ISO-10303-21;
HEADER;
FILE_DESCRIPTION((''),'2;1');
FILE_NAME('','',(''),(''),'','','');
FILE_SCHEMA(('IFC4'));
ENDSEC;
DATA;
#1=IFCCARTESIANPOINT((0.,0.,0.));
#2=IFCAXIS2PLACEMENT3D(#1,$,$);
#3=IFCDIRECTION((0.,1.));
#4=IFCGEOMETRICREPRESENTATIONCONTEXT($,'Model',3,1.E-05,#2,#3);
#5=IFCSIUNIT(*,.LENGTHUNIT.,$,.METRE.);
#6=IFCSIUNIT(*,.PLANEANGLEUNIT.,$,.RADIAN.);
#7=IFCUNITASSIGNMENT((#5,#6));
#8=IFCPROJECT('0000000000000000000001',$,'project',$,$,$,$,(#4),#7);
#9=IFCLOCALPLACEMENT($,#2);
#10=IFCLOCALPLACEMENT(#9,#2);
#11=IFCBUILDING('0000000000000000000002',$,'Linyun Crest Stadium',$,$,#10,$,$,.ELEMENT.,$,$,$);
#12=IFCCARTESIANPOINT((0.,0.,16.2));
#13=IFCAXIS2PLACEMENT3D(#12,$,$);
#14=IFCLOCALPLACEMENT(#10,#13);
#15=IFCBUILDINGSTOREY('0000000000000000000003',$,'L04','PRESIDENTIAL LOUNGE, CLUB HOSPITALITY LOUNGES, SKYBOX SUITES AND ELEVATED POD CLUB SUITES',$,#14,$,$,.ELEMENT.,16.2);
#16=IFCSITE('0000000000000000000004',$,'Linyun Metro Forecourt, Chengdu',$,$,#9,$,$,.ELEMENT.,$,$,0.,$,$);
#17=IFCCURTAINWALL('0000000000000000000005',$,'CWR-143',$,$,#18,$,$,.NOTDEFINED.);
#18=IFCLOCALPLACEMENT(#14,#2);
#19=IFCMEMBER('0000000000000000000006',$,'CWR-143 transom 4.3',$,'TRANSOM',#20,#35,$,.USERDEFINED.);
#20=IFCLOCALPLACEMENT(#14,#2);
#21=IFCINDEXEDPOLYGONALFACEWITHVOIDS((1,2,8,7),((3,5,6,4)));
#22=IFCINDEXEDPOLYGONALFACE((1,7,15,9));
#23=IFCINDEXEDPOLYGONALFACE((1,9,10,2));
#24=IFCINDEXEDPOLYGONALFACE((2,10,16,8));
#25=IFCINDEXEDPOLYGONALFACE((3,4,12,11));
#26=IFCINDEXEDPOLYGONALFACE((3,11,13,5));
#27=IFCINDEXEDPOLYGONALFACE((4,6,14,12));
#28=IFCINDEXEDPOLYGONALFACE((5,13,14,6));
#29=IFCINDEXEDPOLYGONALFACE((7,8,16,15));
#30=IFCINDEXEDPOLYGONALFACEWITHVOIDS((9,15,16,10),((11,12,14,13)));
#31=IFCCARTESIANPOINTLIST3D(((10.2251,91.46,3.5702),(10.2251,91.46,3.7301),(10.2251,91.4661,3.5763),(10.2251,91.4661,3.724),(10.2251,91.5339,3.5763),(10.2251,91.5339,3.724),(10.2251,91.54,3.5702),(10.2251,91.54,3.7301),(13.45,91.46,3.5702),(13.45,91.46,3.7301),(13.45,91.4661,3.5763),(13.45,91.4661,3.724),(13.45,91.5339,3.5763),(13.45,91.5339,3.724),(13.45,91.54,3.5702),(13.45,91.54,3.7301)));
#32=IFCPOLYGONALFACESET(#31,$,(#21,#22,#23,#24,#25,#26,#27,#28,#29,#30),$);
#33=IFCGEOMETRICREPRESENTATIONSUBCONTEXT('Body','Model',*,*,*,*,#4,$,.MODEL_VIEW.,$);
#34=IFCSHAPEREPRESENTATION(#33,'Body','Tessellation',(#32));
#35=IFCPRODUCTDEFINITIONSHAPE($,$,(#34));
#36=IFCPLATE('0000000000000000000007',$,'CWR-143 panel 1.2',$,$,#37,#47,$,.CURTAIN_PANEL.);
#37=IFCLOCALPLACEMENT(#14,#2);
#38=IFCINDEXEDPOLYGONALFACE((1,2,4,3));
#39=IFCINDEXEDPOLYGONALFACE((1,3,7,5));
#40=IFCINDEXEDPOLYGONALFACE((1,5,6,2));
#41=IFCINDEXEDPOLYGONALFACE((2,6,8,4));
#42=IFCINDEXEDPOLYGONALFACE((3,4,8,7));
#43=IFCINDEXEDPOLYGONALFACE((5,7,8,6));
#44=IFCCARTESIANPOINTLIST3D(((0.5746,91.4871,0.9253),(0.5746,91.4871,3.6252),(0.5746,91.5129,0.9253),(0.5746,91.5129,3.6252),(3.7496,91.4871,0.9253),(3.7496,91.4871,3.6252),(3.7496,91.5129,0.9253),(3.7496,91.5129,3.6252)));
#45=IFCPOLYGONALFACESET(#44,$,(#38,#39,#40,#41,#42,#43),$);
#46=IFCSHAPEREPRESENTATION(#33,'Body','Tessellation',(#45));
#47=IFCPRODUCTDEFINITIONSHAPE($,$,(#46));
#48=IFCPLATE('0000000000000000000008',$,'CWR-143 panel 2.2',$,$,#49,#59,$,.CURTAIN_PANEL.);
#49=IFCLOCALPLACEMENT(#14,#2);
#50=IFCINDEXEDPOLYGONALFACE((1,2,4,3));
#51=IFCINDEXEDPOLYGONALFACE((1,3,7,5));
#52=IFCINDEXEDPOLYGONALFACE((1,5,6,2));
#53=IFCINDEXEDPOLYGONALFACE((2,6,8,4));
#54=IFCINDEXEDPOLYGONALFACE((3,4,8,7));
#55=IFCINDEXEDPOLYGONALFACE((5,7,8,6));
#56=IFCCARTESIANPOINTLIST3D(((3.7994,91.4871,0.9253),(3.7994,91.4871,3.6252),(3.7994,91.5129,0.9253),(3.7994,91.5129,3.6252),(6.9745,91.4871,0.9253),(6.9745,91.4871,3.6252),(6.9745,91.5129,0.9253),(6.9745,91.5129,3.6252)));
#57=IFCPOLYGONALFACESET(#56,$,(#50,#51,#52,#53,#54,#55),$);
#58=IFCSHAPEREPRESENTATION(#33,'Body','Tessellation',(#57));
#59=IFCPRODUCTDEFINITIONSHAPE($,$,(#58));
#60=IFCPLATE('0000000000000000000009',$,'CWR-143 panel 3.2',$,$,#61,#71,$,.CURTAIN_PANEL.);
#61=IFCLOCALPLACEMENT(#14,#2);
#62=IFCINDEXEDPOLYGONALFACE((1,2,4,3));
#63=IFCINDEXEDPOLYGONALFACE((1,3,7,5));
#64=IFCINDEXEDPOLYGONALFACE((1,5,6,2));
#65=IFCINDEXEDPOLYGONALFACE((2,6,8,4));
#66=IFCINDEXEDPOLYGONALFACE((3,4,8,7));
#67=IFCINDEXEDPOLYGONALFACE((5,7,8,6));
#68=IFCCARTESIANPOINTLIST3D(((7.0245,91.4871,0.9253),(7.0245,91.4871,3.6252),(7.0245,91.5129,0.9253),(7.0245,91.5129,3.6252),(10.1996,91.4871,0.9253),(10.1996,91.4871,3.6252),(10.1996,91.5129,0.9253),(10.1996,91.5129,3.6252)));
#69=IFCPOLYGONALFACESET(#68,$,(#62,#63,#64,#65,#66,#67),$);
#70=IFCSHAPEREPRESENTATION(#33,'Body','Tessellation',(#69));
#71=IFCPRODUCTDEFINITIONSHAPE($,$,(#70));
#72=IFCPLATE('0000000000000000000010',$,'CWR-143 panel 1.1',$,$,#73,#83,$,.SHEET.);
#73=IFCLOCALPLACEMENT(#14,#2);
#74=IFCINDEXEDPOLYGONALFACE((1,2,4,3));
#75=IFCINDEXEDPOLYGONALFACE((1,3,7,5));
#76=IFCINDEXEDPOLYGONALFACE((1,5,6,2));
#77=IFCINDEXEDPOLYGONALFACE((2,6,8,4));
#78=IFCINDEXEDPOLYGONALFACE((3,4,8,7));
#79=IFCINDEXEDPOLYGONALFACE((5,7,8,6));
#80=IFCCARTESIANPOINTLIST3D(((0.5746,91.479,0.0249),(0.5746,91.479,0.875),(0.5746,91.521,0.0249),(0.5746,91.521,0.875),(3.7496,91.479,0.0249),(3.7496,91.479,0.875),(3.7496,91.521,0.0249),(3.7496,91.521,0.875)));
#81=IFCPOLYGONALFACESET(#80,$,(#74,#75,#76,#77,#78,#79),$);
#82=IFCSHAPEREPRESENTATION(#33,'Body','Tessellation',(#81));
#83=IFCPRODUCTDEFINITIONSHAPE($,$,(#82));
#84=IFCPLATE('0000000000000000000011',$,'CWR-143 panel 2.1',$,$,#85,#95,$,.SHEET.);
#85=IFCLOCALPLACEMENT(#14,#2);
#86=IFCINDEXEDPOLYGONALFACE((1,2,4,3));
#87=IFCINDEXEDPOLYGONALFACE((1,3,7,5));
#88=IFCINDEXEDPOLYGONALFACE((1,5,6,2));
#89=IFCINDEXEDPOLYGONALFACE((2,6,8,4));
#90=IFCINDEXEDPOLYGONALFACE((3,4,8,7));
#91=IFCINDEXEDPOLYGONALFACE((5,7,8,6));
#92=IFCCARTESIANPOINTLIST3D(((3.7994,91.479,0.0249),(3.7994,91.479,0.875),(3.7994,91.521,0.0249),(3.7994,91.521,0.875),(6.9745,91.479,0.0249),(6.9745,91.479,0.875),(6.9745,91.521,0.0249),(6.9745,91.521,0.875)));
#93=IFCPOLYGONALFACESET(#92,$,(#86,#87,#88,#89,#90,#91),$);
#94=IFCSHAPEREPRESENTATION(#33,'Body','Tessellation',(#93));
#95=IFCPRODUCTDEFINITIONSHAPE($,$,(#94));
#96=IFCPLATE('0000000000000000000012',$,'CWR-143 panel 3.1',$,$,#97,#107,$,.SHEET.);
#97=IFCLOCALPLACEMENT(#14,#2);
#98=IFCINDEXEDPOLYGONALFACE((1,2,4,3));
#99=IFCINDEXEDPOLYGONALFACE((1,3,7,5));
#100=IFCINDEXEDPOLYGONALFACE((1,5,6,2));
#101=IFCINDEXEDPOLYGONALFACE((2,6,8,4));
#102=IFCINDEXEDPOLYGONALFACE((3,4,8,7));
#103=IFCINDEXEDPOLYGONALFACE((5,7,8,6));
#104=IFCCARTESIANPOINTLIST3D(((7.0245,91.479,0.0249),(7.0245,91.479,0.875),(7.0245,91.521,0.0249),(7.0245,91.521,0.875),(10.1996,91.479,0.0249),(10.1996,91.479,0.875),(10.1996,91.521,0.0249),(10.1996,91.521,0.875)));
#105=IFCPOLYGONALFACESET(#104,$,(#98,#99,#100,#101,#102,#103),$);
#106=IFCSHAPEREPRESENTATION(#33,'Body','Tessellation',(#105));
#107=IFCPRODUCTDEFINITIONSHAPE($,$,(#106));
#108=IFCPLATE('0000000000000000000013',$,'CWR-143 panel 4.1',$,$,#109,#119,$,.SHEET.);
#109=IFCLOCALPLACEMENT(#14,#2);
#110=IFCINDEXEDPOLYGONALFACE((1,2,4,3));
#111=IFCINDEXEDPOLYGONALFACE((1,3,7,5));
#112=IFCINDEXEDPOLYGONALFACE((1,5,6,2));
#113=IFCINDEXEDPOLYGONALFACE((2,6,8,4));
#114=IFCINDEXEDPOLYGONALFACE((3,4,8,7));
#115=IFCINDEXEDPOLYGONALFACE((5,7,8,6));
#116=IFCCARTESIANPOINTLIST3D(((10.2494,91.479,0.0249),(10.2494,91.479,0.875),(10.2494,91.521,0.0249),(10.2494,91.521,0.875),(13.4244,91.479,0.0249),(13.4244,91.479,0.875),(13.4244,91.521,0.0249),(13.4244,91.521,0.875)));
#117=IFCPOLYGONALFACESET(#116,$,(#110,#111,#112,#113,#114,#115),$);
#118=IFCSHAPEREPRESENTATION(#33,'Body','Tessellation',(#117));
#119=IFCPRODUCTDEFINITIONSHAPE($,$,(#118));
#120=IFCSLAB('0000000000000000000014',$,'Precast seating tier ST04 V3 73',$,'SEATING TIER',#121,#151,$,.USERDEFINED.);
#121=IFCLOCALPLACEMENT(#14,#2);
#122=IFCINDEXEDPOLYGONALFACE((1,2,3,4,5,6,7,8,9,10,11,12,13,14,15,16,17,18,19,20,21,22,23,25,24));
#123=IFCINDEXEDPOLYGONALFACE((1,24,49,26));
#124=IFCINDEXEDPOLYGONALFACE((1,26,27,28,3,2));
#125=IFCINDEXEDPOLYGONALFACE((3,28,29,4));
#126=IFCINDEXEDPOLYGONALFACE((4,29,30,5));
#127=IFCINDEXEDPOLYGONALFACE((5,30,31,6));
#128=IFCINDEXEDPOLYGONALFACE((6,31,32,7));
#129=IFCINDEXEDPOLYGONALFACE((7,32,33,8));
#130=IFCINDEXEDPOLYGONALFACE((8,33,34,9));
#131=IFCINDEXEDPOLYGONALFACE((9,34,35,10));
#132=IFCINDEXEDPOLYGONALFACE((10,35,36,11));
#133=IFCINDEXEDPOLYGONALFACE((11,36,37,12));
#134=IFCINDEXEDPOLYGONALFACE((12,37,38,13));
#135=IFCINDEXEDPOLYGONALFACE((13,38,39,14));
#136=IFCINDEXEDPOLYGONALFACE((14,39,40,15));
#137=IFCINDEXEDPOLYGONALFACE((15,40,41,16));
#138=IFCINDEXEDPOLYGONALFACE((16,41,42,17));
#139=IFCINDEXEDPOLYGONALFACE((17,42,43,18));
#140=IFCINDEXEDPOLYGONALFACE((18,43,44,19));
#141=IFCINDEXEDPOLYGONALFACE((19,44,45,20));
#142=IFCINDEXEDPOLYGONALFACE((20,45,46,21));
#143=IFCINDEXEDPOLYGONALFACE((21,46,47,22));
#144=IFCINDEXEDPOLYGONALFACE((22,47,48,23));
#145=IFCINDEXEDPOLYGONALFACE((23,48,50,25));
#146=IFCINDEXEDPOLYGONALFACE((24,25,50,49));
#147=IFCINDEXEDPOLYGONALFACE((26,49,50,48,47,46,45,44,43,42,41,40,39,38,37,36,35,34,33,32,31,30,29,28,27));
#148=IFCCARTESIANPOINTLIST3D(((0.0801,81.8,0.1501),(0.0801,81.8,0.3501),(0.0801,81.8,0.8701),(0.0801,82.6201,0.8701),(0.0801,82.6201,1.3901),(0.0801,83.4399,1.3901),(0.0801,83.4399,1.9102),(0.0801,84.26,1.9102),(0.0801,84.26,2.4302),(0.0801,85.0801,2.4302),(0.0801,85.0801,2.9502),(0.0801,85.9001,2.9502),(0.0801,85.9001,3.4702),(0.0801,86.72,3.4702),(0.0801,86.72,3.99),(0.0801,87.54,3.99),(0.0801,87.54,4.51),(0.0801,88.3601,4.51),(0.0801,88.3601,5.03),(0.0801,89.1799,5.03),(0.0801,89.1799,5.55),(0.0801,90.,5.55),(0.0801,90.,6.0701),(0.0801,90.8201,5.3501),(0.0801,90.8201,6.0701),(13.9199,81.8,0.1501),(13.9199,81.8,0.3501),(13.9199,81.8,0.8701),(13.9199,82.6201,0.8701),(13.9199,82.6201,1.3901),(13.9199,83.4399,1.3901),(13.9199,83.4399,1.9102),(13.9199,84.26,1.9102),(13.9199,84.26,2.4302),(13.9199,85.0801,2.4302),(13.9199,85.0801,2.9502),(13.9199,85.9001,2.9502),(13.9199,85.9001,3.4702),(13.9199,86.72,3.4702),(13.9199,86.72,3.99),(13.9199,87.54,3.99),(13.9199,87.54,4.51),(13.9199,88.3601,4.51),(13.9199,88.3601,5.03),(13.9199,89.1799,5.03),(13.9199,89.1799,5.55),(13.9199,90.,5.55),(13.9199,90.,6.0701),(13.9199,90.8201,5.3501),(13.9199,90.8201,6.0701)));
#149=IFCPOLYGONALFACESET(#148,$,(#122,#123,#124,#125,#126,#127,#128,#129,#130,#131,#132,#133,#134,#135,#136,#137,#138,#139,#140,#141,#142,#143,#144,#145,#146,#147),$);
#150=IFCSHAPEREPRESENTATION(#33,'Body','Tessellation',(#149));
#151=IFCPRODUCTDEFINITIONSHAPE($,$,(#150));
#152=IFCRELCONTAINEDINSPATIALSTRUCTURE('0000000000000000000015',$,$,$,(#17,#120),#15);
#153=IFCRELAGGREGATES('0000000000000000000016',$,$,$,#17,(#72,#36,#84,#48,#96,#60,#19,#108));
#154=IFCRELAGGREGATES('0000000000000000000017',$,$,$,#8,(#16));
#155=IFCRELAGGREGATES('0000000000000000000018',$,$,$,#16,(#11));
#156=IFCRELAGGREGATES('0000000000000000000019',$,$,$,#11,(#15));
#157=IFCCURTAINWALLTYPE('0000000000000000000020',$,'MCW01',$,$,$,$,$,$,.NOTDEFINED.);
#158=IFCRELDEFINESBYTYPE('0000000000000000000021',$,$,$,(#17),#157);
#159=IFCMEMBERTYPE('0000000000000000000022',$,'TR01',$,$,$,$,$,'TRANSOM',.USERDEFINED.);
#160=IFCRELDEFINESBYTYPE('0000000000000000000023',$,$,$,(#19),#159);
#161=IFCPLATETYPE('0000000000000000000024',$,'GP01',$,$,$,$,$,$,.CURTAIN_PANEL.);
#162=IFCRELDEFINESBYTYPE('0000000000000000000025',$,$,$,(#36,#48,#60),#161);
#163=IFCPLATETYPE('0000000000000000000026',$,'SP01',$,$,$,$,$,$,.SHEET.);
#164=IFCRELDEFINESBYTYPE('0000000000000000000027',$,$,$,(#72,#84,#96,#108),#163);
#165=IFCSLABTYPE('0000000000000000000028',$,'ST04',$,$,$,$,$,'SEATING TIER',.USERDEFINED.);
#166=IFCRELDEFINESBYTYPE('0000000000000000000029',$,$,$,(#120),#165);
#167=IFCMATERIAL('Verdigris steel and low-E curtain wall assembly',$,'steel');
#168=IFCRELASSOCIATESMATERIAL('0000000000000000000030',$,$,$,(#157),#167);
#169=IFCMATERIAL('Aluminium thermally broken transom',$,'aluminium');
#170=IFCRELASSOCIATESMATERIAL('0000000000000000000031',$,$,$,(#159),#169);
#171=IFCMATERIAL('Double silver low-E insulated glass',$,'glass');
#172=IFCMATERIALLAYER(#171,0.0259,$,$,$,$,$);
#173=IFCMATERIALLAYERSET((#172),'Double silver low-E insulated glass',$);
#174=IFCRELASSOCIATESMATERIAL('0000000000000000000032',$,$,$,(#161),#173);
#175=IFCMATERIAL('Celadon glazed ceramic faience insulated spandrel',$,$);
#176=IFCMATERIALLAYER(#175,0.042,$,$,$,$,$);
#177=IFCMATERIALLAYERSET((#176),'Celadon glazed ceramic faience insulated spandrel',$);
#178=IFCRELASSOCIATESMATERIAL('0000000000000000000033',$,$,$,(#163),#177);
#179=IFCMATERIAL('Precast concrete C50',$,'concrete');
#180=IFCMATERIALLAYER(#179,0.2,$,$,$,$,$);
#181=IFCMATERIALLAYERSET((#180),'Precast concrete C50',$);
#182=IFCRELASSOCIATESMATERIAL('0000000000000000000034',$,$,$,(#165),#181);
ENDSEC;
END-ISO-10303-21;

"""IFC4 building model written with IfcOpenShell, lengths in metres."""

from ifc_helpers import new_model, si_unit, direction, frame, origin, origin_2d, place, context, subcontext, project, spatial, polyline, rectangle, hollow_rectangle, outline, extrude, material, layer, layer_set, material_profile, profile_set, type_object, element, aggregate, save


model = new_model("IFC4")

# Units and contexts
model_context = context("Model", 3, precision=1e-05, world=origin(), true_north=direction((0.0, 1.0)))
body_context = subcontext(model_context, "Body", "Model", "MODEL_VIEW")
ifc_project = project(units=[si_unit("LENGTHUNIT", "METRE"), si_unit("PLANEANGLEUNIT", "RADIAN")], contexts=[model_context])

# Site, building, storey
site_placement = place(None, origin())
site = spatial("IfcSite", under=ifc_project, at=site_placement, Name="Linyun Metro Forecourt, Chengdu", CompositionType="ELEMENT", RefElevation=0.0)
building_placement = place(site_placement, origin())
building = spatial("IfcBuilding", under=site, at=building_placement, Name="Linyun Crest Stadium", CompositionType="ELEMENT")
storey_placement = place(building_placement, frame((0.0, 0.0, 16.2)))
storey = spatial("IfcBuildingStorey", under=building, at=storey_placement, Name="L04", Description="PRESIDENTIAL LOUNGE, CLUB HOSPITALITY LOUNGES, SKYBOX SUITES AND ELEVATED POD CLUB SUITES", CompositionType="ELEMENT", Elevation=16.2)

# Curtain wall
ifc_material_1 = material(Name="Verdigris steel and low-E curtain wall assembly", Category="steel")
curtain_wall_type = type_object("IfcCurtainWallType", Name="MCW01", PredefinedType="NOTDEFINED", material=ifc_material_1)
curtain_wall_placement = place(storey_placement, origin())
curtain_wall = element("IfcCurtainWall", 1, at=curtain_wall_placement, inside=storey, type_object=curtain_wall_type, Name="CWR-143", PredefinedType="NOTDEFINED")

# Member
ifc_material_2 = material(Name="Aluminium thermally broken transom", Category="aluminium")
ifc_material_profile_1 = material_profile(ifc_material_2, hollow_rectangle(XDim=0.0801, YDim=0.1599, WallThickness=0.0061, at=origin_2d()), Name="RHS 160x80x6")
ifc_profile_set_1 = profile_set([ifc_material_profile_1], Name="Aluminium thermally broken transom")
member_type_1 = type_object("IfcMemberType", Name="TR01", ElementType="TRANSOM", PredefinedType="USERDEFINED", material=ifc_profile_set_1)
member_1_placement = place(storey_placement, frame((10.2251, 91.5, 3.6501), z_axis=(1.0, 0.0, 0.0), x_axis=(0.0, 1.0, 0.0)))
member_1 = element("IfcMember", 2, at=member_1_placement, type_object=member_type_1, Name="CWR-143 transom 4.3", ObjectType="TRANSOM", PredefinedType="USERDEFINED", context=body_context, shape_type="SweptSolid", body=[
    extrude(hollow_rectangle(XDim=0.0801, YDim=0.1599, WallThickness=0.0061, at=origin_2d()), origin(), (0.0, 0.0, 1.0), 3.2249),
])

# Plates
ifc_material_3 = material(Name="Double silver low-E insulated glass", Category="glass")
ifc_layer_1 = layer(ifc_material_3, 0.0259)
ifc_layer_set_1 = layer_set([ifc_layer_1], Name="Double silver low-E insulated glass")
plate_type_1 = type_object("IfcPlateType", Name="GP01", PredefinedType="CURTAIN_PANEL", material=ifc_layer_set_1)
plate_1_placement = place(storey_placement, frame((2.1621, 91.5, 0.9253), z_axis=(0.0, 0.0, 1.0), x_axis=(1.0, 0.0, 0.0)))
plate_1 = element("IfcPlate", 3, at=plate_1_placement, type_object=plate_type_1, Name="CWR-143 panel 1.2", PredefinedType="CURTAIN_PANEL", context=body_context, shape_type="SweptSolid", body=[
    extrude(rectangle(XDim=3.175, YDim=0.0259, at=origin_2d()), origin(), (0.0, 0.0, 1.0), 2.7),
])
plate_2_placement = place(storey_placement, frame((5.387, 91.5, 0.9253), z_axis=(0.0, 0.0, 1.0), x_axis=(1.0, 0.0, 0.0)))
plate_2 = element("IfcPlate", 4, at=plate_2_placement, type_object=plate_type_1, Name="CWR-143 panel 2.2", PredefinedType="CURTAIN_PANEL", context=body_context, shape_type="SweptSolid", body=[
    extrude(rectangle(XDim=3.175, YDim=0.0259, at=origin_2d()), origin(), (0.0, 0.0, 1.0), 2.7),
])
plate_3_placement = place(storey_placement, frame((8.6121, 91.5, 0.9253), z_axis=(0.0, 0.0, 1.0), x_axis=(1.0, 0.0, 0.0)))
plate_3 = element("IfcPlate", 5, at=plate_3_placement, type_object=plate_type_1, Name="CWR-143 panel 3.2", PredefinedType="CURTAIN_PANEL", context=body_context, shape_type="SweptSolid", body=[
    extrude(rectangle(XDim=3.175, YDim=0.0259, at=origin_2d()), origin(), (0.0, 0.0, 1.0), 2.7),
])
ifc_material_4 = material(Name="Celadon glazed ceramic faience insulated spandrel")
ifc_layer_2 = layer(ifc_material_4, 0.042)
ifc_layer_set_2 = layer_set([ifc_layer_2], Name="Celadon glazed ceramic faience insulated spandrel")
plate_type_2 = type_object("IfcPlateType", Name="SP01", PredefinedType="SHEET", material=ifc_layer_set_2)
plate_4_placement = place(storey_placement, frame((2.1621, 91.5, 0.0249), z_axis=(0.0, 0.0, 1.0), x_axis=(1.0, 0.0, 0.0)))
plate_4 = element("IfcPlate", 6, at=plate_4_placement, type_object=plate_type_2, Name="CWR-143 panel 1.1", PredefinedType="SHEET", context=body_context, shape_type="SweptSolid", body=[
    extrude(rectangle(XDim=3.175, YDim=0.042, at=origin_2d()), origin(), (0.0, 0.0, 1.0), 0.8501),
])
plate_5_placement = place(storey_placement, frame((5.387, 91.5, 0.0249), z_axis=(0.0, 0.0, 1.0), x_axis=(1.0, 0.0, 0.0)))
plate_5 = element("IfcPlate", 7, at=plate_5_placement, type_object=plate_type_2, Name="CWR-143 panel 2.1", PredefinedType="SHEET", context=body_context, shape_type="SweptSolid", body=[
    extrude(rectangle(XDim=3.175, YDim=0.042, at=origin_2d()), origin(), (0.0, 0.0, 1.0), 0.8501),
])
plate_6_placement = place(storey_placement, frame((8.6121, 91.5, 0.0249), z_axis=(0.0, 0.0, 1.0), x_axis=(1.0, 0.0, 0.0)))
plate_6 = element("IfcPlate", 8, at=plate_6_placement, type_object=plate_type_2, Name="CWR-143 panel 3.1", PredefinedType="SHEET", context=body_context, shape_type="SweptSolid", body=[
    extrude(rectangle(XDim=3.175, YDim=0.042, at=origin_2d()), origin(), (0.0, 0.0, 1.0), 0.8501),
])
plate_7_placement = place(storey_placement, frame((11.8369, 91.5, 0.0249), z_axis=(0.0, 0.0, 1.0), x_axis=(1.0, 0.0, 0.0)))
plate_7 = element("IfcPlate", 9, at=plate_7_placement, type_object=plate_type_2, Name="CWR-143 panel 4.1", PredefinedType="SHEET", context=body_context, shape_type="SweptSolid", body=[
    extrude(rectangle(XDim=3.175, YDim=0.042, at=origin_2d()), origin(), (0.0, 0.0, 1.0), 0.8501),
])
aggregate(curtain_wall, [plate_4, plate_1, plate_5, plate_2, plate_6, plate_3, member_1, plate_7])

# Slab
ifc_material_5 = material(Name="Precast concrete C50", Category="concrete")
ifc_layer_3 = layer(ifc_material_5, 0.2)
ifc_layer_set_3 = layer_set([ifc_layer_3], Name="Precast concrete C50")
slab_type = type_object("IfcSlabType", Name="ST04", ElementType="SEATING TIER", PredefinedType="USERDEFINED", material=ifc_layer_set_3)
slab_placement = place(storey_placement, frame((0.0801, 81.8, 0.3501), z_axis=(0.0, 0.0, 1.0), x_axis=(0.0, 1.0, 0.0)))
element("IfcSlab", 10, at=slab_placement, inside=storey, type_object=slab_type, Name="Precast seating tier ST04 V3 73", ObjectType="SEATING TIER", PredefinedType="USERDEFINED", context=body_context, shape_type="SweptSolid", body=[
    extrude(outline(polyline([(0.0, 0.0), (0.0, 0.52), (0.8201, 0.52), (0.8201, 1.04), (1.6399, 1.04), (1.6399, 1.5601), (2.46, 1.5601), (2.46, 2.0801), (3.28, 2.0801), (3.28, 2.6001), (4.1001, 2.6001), (4.1001, 3.1201), (4.9199, 3.1201), (4.9199, 3.6399), (5.74, 3.6399), (5.74, 4.1599), (6.5601, 4.1599), (6.5601, 4.6799), (7.3799, 4.6799), (7.3799, 5.2), (8.2, 5.2), (8.2, 5.72), (9.02, 5.72), (9.02, 5.0), (0.0, -0.2), (0.0, 0.0)])), frame((0.0, 0.0, 0.0), z_axis=(0.0, -1.0, 0.0), x_axis=(1.0, 0.0, 0.0)), (0.0, 0.0, 1.0), 13.8398),
])

save(model, "model.ifc")
